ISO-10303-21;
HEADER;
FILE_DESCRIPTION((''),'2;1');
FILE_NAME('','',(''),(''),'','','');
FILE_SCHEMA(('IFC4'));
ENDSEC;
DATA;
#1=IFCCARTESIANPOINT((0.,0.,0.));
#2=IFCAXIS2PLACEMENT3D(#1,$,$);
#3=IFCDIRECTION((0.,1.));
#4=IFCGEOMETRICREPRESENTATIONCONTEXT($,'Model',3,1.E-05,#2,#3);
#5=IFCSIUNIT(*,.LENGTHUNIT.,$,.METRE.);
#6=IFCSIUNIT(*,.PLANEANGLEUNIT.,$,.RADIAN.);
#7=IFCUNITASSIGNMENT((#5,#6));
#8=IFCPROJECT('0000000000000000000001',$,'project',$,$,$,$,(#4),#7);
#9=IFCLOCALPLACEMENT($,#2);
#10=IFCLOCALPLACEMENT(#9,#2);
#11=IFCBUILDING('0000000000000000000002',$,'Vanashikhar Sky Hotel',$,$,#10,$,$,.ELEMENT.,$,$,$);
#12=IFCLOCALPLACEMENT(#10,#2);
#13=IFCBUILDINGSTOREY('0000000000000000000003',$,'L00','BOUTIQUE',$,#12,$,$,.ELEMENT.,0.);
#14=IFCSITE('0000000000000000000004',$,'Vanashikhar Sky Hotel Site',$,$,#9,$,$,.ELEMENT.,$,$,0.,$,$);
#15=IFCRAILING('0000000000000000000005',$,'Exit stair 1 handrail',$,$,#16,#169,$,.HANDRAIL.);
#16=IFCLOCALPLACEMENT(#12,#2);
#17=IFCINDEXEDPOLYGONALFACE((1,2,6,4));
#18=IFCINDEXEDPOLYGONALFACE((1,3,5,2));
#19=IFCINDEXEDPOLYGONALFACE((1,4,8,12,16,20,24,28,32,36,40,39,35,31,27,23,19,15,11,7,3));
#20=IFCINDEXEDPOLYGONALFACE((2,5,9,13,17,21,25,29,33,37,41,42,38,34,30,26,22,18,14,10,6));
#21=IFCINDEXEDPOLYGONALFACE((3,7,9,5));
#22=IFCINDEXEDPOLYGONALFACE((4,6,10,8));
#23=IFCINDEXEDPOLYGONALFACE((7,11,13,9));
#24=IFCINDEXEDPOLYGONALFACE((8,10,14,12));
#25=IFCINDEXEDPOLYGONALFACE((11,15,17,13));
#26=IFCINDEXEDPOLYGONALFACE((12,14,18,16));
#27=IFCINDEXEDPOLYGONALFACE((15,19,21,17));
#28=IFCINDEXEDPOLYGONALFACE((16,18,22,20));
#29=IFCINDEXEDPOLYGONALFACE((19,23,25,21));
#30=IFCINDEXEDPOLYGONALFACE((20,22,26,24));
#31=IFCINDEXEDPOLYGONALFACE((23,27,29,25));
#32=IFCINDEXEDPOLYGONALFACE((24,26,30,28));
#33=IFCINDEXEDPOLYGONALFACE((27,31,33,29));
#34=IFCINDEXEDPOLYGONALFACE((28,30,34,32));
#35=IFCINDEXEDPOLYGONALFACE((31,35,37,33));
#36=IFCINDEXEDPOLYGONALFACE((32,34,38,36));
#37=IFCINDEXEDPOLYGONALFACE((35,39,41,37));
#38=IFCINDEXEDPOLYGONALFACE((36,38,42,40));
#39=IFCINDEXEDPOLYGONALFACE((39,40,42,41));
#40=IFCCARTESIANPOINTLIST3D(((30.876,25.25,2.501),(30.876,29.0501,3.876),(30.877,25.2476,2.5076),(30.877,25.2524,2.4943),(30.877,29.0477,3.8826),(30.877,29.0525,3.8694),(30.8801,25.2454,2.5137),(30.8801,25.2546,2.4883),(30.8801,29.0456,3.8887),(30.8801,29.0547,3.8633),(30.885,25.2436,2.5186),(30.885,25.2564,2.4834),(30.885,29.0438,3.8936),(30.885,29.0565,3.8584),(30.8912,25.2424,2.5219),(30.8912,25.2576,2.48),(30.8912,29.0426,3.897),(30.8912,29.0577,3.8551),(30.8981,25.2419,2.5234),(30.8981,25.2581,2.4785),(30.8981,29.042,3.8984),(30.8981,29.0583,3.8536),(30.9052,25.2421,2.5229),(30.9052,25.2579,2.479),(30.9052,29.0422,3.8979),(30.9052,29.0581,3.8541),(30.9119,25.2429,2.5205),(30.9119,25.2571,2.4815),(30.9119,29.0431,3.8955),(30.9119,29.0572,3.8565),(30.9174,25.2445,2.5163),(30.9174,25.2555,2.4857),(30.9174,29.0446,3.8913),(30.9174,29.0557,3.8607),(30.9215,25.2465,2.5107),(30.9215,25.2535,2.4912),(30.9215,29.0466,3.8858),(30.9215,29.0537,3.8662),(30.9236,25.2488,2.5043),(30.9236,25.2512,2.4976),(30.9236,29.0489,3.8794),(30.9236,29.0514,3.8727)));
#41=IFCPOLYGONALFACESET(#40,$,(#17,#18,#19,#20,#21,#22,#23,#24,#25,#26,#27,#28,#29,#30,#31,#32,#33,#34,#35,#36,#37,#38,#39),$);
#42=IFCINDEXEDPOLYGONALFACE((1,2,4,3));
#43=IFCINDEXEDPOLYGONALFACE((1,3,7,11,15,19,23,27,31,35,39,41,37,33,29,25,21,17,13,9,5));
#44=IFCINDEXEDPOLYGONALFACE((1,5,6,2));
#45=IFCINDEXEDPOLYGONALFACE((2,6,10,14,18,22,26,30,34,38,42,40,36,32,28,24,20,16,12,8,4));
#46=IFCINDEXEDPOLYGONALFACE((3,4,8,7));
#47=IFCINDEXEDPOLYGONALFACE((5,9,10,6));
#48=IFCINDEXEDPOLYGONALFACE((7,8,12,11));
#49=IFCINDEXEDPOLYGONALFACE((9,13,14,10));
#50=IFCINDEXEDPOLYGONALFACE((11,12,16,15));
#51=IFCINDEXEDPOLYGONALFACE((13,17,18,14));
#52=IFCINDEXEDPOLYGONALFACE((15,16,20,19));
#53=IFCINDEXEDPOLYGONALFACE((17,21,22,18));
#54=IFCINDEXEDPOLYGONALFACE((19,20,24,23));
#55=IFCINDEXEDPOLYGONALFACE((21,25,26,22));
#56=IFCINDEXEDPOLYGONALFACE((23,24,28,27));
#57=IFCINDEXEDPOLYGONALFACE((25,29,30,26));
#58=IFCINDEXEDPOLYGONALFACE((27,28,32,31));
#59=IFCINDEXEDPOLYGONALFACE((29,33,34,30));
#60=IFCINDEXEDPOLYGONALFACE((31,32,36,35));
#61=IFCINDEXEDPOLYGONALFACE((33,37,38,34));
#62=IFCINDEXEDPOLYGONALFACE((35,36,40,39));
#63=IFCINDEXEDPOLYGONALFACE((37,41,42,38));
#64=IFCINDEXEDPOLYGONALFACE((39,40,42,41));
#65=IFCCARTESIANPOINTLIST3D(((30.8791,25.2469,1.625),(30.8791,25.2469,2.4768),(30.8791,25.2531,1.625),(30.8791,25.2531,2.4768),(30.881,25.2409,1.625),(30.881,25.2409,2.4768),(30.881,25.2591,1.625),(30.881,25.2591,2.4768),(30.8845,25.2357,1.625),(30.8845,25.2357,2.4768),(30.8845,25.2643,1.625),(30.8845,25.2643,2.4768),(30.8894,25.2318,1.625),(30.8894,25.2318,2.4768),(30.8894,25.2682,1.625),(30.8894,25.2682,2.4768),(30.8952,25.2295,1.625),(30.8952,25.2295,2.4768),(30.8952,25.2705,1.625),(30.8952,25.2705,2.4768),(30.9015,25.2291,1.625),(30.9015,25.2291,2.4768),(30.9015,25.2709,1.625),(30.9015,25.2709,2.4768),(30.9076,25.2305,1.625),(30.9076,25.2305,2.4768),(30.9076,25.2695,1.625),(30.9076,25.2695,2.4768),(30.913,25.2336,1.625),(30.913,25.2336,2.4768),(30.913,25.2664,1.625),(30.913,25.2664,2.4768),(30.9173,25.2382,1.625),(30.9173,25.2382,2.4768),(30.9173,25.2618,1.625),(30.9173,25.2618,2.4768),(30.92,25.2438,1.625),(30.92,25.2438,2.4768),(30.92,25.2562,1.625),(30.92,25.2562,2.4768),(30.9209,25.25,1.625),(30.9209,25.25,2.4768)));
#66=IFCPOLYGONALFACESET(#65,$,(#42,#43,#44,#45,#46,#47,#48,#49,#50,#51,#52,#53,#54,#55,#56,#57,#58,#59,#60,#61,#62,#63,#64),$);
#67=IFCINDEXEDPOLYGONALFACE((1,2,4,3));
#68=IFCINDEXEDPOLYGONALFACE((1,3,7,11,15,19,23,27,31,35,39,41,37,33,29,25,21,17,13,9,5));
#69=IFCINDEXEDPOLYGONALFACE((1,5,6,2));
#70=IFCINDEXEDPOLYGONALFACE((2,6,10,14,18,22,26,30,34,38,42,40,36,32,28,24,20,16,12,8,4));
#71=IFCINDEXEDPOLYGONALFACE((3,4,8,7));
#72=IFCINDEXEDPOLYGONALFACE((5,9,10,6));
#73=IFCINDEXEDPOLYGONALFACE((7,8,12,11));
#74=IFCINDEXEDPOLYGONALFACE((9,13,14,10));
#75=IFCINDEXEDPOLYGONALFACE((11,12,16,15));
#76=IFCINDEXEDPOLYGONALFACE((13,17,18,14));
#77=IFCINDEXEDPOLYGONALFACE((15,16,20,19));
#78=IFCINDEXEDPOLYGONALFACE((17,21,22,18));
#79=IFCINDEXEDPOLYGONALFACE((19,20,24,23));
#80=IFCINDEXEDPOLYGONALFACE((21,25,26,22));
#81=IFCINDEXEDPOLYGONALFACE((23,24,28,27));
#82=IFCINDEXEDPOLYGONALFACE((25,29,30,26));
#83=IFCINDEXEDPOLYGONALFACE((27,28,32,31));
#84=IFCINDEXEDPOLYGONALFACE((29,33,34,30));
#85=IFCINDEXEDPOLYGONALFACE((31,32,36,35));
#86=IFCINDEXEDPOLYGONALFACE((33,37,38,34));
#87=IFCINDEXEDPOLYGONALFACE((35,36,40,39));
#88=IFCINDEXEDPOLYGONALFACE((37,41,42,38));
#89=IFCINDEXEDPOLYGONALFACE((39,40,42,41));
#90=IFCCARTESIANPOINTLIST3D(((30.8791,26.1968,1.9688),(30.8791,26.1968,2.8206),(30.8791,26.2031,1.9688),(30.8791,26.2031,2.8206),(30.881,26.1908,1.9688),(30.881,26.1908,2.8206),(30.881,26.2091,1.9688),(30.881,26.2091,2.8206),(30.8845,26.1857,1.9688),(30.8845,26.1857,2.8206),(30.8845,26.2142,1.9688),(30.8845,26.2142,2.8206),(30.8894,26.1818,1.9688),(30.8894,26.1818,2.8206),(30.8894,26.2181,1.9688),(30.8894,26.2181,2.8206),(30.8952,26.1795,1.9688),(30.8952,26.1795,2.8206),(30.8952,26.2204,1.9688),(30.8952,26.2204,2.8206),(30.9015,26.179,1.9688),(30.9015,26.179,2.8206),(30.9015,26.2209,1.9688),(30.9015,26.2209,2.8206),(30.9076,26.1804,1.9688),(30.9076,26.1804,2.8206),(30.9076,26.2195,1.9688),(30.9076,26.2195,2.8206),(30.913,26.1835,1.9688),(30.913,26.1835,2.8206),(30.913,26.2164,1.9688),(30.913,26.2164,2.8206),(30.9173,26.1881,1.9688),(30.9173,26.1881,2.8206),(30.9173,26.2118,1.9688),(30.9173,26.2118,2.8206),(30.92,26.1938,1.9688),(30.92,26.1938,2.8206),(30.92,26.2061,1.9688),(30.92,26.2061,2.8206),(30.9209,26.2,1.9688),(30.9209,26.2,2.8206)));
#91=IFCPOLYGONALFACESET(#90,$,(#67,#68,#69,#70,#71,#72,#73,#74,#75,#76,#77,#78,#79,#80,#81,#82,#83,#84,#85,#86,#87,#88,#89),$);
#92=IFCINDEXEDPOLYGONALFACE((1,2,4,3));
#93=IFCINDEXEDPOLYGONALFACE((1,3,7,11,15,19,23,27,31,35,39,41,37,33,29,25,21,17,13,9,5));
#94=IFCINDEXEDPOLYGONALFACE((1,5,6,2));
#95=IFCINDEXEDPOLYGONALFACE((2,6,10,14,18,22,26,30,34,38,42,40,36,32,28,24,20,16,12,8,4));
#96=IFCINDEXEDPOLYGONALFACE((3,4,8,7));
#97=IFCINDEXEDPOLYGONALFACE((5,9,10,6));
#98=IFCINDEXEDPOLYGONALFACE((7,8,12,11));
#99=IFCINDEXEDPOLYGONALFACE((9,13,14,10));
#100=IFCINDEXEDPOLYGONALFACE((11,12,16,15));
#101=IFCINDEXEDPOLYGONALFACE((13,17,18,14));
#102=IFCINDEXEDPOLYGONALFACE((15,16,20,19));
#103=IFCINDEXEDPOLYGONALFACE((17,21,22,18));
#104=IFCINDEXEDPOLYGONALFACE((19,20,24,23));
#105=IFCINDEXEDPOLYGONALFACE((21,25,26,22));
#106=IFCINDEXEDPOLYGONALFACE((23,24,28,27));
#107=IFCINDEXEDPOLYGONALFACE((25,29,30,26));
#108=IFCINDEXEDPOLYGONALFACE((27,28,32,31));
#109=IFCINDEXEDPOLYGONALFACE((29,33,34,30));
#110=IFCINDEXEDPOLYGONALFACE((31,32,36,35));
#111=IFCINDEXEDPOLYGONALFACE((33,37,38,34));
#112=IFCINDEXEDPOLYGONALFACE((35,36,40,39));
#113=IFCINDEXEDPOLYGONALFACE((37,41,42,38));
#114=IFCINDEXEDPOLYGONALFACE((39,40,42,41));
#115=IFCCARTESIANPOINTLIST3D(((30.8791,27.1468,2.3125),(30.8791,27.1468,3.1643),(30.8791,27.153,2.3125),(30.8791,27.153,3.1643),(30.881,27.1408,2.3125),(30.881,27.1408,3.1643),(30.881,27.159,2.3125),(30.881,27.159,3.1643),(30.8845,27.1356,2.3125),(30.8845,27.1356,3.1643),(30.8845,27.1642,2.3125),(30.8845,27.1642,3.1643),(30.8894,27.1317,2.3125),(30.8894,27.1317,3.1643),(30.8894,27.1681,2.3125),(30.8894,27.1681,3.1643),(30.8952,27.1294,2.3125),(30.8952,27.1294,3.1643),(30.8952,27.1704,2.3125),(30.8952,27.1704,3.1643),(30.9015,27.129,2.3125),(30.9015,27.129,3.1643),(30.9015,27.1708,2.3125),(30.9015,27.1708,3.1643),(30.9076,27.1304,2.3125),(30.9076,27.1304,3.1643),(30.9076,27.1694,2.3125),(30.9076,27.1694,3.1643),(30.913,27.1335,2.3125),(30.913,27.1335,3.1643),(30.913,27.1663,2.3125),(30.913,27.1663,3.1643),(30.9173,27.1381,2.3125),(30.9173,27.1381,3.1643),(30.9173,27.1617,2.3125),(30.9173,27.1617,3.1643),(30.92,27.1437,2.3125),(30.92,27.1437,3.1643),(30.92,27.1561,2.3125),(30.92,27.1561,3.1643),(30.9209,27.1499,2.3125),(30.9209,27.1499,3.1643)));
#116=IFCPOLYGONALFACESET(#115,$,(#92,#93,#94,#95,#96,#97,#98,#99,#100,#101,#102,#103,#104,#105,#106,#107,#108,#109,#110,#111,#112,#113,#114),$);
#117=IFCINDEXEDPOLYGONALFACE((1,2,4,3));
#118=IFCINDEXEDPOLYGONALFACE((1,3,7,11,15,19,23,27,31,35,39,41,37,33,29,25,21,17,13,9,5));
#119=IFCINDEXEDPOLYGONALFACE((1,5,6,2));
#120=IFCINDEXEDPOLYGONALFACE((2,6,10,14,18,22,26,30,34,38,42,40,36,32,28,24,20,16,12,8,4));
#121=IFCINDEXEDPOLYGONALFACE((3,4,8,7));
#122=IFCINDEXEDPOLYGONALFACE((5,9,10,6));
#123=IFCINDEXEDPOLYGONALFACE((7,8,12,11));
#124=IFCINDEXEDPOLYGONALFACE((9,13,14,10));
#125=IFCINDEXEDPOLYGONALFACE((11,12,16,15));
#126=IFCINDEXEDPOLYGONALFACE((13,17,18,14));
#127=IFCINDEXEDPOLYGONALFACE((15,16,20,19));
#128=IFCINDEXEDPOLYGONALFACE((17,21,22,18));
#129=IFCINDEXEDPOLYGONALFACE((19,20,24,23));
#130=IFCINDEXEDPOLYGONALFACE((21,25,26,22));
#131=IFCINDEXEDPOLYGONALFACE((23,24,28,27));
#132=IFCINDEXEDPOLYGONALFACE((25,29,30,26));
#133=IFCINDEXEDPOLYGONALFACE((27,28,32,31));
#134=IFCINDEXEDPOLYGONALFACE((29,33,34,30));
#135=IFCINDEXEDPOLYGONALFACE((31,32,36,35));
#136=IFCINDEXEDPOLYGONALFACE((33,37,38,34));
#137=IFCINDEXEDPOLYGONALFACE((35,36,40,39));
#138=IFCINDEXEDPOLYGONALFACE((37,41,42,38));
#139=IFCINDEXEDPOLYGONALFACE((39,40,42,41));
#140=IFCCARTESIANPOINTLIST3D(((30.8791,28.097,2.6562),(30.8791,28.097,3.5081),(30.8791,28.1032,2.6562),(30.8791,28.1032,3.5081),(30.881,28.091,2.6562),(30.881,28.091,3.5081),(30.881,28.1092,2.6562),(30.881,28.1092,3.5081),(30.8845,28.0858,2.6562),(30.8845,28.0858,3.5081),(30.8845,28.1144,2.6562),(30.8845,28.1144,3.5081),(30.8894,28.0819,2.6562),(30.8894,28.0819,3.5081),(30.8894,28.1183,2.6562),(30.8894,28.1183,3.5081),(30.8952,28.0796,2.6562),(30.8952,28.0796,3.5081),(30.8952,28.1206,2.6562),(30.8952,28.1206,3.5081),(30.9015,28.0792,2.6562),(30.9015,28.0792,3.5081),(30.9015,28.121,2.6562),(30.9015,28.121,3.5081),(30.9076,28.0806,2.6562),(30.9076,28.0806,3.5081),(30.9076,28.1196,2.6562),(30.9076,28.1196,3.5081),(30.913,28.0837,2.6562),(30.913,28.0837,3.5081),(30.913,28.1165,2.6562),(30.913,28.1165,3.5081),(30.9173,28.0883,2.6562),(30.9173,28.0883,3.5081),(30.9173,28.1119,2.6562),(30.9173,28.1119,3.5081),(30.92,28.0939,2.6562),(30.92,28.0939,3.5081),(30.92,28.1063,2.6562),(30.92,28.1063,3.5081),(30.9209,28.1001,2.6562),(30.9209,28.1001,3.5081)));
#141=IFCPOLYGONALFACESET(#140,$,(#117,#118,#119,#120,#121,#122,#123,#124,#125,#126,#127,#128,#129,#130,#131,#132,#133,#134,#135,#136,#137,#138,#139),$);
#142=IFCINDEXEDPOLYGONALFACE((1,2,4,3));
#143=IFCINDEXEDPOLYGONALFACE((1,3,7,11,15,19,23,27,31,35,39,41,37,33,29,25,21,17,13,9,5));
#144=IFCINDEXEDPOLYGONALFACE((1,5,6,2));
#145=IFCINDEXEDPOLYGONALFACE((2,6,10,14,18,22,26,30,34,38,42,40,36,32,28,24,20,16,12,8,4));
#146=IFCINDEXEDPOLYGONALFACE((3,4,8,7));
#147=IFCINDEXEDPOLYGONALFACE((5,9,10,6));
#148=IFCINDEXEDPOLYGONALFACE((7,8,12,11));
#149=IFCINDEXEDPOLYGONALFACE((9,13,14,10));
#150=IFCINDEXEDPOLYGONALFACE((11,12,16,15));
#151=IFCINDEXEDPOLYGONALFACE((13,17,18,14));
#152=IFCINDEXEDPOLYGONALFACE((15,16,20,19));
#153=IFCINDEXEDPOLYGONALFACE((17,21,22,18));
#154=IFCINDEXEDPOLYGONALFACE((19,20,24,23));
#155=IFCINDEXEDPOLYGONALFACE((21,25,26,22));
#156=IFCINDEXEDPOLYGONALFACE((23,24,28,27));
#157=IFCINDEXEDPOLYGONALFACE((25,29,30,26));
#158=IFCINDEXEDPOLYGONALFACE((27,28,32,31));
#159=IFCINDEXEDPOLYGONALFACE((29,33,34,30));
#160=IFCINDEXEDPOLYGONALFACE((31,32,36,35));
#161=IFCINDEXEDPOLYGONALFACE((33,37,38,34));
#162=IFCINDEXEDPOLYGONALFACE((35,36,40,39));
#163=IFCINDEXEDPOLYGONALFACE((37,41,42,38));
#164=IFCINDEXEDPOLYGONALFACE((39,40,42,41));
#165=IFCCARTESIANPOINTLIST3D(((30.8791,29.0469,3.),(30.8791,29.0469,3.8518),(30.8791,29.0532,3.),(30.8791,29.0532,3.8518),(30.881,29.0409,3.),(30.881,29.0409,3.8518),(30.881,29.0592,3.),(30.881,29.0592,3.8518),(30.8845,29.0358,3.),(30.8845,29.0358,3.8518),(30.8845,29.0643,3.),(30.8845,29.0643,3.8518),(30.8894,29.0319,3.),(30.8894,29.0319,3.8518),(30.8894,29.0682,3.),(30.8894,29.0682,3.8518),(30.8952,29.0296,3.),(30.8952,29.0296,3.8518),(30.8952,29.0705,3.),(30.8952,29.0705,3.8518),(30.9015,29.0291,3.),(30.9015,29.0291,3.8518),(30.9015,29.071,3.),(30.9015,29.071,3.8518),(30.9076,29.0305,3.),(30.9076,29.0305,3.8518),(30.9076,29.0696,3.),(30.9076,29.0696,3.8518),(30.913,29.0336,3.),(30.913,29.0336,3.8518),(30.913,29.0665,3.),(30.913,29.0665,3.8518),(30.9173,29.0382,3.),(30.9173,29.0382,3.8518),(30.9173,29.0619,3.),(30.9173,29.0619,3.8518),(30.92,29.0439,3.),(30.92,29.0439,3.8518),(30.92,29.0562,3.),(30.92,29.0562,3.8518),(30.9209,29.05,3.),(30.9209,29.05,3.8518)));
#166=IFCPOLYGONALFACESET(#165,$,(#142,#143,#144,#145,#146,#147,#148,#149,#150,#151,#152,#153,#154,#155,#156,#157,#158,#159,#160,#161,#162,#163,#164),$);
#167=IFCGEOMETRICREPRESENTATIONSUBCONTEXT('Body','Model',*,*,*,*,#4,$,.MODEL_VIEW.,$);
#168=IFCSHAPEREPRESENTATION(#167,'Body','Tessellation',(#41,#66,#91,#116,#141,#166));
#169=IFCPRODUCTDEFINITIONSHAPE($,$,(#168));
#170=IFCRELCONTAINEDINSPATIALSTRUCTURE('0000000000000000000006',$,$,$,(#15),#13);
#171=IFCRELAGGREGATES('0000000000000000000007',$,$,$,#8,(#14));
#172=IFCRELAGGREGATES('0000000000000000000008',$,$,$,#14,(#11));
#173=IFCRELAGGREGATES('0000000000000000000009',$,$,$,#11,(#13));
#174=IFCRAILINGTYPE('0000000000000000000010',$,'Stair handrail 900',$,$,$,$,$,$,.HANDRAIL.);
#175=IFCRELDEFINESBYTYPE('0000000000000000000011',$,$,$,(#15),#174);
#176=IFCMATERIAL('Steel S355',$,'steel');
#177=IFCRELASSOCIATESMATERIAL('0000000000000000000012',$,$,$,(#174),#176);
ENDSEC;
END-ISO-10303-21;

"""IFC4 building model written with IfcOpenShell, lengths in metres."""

from ifc_helpers import new_model, si_unit, direction, frame, origin, origin_2d, place, context, subcontext, project, spatial, circle, extrude, source, transform, mapped, material, type_object, element, save


model = new_model("IFC4")

# Units and contexts
model_context = context("Model", 3, precision=1e-05, world=origin(), true_north=direction((0.0, 1.0)))
body_context = subcontext(model_context, "Body", "Model", "MODEL_VIEW")
ifc_project = project(units=[si_unit("LENGTHUNIT", "METRE"), si_unit("PLANEANGLEUNIT", "RADIAN")], contexts=[model_context])

# Site, building, storey
site_placement = place(None, origin())
site = spatial("IfcSite", under=ifc_project, at=site_placement, Name="Vanashikhar Sky Hotel Site", CompositionType="ELEMENT", RefElevation=0.0)
building_placement = place(site_placement, origin())
building = spatial("IfcBuilding", under=site, at=building_placement, Name="Vanashikhar Sky Hotel", CompositionType="ELEMENT")
storey_placement = place(building_placement, origin())
storey = spatial("IfcBuildingStorey", under=building, at=storey_placement, Name="L00", Description="BOUTIQUE", CompositionType="ELEMENT", Elevation=0.0)

# Railing
ifc_material_1 = material(Name="Steel S355", Category="steel")
railing_type = type_object("IfcRailingType", Name="Stair handrail 900", PredefinedType="HANDRAIL", material=ifc_material_1)
shared_shape_1 = source(origin(), body_context, "Body", "SweptSolid", [
    extrude(circle(Radius=0.0239, at=origin_2d()), frame((0.0, 0.0, 0.876), z_axis=(0.0, 0.940336, 0.340249), x_axis=(-1.0, 0.0, 0.0)), (0.0, 0.0, 1.0), 4.0413),
    extrude(circle(Radius=0.021, at=origin_2d()), origin(), (0.0, 0.0, 1.0), 0.8518),
    extrude(circle(Radius=0.021, at=origin_2d()), frame((0.0, 0.95, 0.3438)), (0.0, 0.0, 1.0), 0.8518),
    extrude(circle(Radius=0.021, at=origin_2d()), frame((0.0, 1.8999, 0.6875)), (0.0, 0.0, 1.0), 0.8518),
    extrude(circle(Radius=0.021, at=origin_2d()), frame((0.0, 2.8501, 1.0312)), (0.0, 0.0, 1.0), 0.8518),
    extrude(circle(Radius=0.021, at=origin_2d()), frame((0.0, 3.8, 1.375)), (0.0, 0.0, 1.0), 0.8518),
])
for number, where, name in (
    (1, (30.8999, 25.25, 1.625), "Exit stair 1 handrail"),
):
    element("IfcRailing", number, at=place(storey_placement, frame(where)), inside=storey, type_object=railing_type, Name=name, PredefinedType="HANDRAIL", context=body_context, shape_type="MappedRepresentation", body=[
        mapped(shared_shape_1, transform((0.0, 0.0, 0.0), scale=1.0)),
    ])

save(model, "model.ifc")
